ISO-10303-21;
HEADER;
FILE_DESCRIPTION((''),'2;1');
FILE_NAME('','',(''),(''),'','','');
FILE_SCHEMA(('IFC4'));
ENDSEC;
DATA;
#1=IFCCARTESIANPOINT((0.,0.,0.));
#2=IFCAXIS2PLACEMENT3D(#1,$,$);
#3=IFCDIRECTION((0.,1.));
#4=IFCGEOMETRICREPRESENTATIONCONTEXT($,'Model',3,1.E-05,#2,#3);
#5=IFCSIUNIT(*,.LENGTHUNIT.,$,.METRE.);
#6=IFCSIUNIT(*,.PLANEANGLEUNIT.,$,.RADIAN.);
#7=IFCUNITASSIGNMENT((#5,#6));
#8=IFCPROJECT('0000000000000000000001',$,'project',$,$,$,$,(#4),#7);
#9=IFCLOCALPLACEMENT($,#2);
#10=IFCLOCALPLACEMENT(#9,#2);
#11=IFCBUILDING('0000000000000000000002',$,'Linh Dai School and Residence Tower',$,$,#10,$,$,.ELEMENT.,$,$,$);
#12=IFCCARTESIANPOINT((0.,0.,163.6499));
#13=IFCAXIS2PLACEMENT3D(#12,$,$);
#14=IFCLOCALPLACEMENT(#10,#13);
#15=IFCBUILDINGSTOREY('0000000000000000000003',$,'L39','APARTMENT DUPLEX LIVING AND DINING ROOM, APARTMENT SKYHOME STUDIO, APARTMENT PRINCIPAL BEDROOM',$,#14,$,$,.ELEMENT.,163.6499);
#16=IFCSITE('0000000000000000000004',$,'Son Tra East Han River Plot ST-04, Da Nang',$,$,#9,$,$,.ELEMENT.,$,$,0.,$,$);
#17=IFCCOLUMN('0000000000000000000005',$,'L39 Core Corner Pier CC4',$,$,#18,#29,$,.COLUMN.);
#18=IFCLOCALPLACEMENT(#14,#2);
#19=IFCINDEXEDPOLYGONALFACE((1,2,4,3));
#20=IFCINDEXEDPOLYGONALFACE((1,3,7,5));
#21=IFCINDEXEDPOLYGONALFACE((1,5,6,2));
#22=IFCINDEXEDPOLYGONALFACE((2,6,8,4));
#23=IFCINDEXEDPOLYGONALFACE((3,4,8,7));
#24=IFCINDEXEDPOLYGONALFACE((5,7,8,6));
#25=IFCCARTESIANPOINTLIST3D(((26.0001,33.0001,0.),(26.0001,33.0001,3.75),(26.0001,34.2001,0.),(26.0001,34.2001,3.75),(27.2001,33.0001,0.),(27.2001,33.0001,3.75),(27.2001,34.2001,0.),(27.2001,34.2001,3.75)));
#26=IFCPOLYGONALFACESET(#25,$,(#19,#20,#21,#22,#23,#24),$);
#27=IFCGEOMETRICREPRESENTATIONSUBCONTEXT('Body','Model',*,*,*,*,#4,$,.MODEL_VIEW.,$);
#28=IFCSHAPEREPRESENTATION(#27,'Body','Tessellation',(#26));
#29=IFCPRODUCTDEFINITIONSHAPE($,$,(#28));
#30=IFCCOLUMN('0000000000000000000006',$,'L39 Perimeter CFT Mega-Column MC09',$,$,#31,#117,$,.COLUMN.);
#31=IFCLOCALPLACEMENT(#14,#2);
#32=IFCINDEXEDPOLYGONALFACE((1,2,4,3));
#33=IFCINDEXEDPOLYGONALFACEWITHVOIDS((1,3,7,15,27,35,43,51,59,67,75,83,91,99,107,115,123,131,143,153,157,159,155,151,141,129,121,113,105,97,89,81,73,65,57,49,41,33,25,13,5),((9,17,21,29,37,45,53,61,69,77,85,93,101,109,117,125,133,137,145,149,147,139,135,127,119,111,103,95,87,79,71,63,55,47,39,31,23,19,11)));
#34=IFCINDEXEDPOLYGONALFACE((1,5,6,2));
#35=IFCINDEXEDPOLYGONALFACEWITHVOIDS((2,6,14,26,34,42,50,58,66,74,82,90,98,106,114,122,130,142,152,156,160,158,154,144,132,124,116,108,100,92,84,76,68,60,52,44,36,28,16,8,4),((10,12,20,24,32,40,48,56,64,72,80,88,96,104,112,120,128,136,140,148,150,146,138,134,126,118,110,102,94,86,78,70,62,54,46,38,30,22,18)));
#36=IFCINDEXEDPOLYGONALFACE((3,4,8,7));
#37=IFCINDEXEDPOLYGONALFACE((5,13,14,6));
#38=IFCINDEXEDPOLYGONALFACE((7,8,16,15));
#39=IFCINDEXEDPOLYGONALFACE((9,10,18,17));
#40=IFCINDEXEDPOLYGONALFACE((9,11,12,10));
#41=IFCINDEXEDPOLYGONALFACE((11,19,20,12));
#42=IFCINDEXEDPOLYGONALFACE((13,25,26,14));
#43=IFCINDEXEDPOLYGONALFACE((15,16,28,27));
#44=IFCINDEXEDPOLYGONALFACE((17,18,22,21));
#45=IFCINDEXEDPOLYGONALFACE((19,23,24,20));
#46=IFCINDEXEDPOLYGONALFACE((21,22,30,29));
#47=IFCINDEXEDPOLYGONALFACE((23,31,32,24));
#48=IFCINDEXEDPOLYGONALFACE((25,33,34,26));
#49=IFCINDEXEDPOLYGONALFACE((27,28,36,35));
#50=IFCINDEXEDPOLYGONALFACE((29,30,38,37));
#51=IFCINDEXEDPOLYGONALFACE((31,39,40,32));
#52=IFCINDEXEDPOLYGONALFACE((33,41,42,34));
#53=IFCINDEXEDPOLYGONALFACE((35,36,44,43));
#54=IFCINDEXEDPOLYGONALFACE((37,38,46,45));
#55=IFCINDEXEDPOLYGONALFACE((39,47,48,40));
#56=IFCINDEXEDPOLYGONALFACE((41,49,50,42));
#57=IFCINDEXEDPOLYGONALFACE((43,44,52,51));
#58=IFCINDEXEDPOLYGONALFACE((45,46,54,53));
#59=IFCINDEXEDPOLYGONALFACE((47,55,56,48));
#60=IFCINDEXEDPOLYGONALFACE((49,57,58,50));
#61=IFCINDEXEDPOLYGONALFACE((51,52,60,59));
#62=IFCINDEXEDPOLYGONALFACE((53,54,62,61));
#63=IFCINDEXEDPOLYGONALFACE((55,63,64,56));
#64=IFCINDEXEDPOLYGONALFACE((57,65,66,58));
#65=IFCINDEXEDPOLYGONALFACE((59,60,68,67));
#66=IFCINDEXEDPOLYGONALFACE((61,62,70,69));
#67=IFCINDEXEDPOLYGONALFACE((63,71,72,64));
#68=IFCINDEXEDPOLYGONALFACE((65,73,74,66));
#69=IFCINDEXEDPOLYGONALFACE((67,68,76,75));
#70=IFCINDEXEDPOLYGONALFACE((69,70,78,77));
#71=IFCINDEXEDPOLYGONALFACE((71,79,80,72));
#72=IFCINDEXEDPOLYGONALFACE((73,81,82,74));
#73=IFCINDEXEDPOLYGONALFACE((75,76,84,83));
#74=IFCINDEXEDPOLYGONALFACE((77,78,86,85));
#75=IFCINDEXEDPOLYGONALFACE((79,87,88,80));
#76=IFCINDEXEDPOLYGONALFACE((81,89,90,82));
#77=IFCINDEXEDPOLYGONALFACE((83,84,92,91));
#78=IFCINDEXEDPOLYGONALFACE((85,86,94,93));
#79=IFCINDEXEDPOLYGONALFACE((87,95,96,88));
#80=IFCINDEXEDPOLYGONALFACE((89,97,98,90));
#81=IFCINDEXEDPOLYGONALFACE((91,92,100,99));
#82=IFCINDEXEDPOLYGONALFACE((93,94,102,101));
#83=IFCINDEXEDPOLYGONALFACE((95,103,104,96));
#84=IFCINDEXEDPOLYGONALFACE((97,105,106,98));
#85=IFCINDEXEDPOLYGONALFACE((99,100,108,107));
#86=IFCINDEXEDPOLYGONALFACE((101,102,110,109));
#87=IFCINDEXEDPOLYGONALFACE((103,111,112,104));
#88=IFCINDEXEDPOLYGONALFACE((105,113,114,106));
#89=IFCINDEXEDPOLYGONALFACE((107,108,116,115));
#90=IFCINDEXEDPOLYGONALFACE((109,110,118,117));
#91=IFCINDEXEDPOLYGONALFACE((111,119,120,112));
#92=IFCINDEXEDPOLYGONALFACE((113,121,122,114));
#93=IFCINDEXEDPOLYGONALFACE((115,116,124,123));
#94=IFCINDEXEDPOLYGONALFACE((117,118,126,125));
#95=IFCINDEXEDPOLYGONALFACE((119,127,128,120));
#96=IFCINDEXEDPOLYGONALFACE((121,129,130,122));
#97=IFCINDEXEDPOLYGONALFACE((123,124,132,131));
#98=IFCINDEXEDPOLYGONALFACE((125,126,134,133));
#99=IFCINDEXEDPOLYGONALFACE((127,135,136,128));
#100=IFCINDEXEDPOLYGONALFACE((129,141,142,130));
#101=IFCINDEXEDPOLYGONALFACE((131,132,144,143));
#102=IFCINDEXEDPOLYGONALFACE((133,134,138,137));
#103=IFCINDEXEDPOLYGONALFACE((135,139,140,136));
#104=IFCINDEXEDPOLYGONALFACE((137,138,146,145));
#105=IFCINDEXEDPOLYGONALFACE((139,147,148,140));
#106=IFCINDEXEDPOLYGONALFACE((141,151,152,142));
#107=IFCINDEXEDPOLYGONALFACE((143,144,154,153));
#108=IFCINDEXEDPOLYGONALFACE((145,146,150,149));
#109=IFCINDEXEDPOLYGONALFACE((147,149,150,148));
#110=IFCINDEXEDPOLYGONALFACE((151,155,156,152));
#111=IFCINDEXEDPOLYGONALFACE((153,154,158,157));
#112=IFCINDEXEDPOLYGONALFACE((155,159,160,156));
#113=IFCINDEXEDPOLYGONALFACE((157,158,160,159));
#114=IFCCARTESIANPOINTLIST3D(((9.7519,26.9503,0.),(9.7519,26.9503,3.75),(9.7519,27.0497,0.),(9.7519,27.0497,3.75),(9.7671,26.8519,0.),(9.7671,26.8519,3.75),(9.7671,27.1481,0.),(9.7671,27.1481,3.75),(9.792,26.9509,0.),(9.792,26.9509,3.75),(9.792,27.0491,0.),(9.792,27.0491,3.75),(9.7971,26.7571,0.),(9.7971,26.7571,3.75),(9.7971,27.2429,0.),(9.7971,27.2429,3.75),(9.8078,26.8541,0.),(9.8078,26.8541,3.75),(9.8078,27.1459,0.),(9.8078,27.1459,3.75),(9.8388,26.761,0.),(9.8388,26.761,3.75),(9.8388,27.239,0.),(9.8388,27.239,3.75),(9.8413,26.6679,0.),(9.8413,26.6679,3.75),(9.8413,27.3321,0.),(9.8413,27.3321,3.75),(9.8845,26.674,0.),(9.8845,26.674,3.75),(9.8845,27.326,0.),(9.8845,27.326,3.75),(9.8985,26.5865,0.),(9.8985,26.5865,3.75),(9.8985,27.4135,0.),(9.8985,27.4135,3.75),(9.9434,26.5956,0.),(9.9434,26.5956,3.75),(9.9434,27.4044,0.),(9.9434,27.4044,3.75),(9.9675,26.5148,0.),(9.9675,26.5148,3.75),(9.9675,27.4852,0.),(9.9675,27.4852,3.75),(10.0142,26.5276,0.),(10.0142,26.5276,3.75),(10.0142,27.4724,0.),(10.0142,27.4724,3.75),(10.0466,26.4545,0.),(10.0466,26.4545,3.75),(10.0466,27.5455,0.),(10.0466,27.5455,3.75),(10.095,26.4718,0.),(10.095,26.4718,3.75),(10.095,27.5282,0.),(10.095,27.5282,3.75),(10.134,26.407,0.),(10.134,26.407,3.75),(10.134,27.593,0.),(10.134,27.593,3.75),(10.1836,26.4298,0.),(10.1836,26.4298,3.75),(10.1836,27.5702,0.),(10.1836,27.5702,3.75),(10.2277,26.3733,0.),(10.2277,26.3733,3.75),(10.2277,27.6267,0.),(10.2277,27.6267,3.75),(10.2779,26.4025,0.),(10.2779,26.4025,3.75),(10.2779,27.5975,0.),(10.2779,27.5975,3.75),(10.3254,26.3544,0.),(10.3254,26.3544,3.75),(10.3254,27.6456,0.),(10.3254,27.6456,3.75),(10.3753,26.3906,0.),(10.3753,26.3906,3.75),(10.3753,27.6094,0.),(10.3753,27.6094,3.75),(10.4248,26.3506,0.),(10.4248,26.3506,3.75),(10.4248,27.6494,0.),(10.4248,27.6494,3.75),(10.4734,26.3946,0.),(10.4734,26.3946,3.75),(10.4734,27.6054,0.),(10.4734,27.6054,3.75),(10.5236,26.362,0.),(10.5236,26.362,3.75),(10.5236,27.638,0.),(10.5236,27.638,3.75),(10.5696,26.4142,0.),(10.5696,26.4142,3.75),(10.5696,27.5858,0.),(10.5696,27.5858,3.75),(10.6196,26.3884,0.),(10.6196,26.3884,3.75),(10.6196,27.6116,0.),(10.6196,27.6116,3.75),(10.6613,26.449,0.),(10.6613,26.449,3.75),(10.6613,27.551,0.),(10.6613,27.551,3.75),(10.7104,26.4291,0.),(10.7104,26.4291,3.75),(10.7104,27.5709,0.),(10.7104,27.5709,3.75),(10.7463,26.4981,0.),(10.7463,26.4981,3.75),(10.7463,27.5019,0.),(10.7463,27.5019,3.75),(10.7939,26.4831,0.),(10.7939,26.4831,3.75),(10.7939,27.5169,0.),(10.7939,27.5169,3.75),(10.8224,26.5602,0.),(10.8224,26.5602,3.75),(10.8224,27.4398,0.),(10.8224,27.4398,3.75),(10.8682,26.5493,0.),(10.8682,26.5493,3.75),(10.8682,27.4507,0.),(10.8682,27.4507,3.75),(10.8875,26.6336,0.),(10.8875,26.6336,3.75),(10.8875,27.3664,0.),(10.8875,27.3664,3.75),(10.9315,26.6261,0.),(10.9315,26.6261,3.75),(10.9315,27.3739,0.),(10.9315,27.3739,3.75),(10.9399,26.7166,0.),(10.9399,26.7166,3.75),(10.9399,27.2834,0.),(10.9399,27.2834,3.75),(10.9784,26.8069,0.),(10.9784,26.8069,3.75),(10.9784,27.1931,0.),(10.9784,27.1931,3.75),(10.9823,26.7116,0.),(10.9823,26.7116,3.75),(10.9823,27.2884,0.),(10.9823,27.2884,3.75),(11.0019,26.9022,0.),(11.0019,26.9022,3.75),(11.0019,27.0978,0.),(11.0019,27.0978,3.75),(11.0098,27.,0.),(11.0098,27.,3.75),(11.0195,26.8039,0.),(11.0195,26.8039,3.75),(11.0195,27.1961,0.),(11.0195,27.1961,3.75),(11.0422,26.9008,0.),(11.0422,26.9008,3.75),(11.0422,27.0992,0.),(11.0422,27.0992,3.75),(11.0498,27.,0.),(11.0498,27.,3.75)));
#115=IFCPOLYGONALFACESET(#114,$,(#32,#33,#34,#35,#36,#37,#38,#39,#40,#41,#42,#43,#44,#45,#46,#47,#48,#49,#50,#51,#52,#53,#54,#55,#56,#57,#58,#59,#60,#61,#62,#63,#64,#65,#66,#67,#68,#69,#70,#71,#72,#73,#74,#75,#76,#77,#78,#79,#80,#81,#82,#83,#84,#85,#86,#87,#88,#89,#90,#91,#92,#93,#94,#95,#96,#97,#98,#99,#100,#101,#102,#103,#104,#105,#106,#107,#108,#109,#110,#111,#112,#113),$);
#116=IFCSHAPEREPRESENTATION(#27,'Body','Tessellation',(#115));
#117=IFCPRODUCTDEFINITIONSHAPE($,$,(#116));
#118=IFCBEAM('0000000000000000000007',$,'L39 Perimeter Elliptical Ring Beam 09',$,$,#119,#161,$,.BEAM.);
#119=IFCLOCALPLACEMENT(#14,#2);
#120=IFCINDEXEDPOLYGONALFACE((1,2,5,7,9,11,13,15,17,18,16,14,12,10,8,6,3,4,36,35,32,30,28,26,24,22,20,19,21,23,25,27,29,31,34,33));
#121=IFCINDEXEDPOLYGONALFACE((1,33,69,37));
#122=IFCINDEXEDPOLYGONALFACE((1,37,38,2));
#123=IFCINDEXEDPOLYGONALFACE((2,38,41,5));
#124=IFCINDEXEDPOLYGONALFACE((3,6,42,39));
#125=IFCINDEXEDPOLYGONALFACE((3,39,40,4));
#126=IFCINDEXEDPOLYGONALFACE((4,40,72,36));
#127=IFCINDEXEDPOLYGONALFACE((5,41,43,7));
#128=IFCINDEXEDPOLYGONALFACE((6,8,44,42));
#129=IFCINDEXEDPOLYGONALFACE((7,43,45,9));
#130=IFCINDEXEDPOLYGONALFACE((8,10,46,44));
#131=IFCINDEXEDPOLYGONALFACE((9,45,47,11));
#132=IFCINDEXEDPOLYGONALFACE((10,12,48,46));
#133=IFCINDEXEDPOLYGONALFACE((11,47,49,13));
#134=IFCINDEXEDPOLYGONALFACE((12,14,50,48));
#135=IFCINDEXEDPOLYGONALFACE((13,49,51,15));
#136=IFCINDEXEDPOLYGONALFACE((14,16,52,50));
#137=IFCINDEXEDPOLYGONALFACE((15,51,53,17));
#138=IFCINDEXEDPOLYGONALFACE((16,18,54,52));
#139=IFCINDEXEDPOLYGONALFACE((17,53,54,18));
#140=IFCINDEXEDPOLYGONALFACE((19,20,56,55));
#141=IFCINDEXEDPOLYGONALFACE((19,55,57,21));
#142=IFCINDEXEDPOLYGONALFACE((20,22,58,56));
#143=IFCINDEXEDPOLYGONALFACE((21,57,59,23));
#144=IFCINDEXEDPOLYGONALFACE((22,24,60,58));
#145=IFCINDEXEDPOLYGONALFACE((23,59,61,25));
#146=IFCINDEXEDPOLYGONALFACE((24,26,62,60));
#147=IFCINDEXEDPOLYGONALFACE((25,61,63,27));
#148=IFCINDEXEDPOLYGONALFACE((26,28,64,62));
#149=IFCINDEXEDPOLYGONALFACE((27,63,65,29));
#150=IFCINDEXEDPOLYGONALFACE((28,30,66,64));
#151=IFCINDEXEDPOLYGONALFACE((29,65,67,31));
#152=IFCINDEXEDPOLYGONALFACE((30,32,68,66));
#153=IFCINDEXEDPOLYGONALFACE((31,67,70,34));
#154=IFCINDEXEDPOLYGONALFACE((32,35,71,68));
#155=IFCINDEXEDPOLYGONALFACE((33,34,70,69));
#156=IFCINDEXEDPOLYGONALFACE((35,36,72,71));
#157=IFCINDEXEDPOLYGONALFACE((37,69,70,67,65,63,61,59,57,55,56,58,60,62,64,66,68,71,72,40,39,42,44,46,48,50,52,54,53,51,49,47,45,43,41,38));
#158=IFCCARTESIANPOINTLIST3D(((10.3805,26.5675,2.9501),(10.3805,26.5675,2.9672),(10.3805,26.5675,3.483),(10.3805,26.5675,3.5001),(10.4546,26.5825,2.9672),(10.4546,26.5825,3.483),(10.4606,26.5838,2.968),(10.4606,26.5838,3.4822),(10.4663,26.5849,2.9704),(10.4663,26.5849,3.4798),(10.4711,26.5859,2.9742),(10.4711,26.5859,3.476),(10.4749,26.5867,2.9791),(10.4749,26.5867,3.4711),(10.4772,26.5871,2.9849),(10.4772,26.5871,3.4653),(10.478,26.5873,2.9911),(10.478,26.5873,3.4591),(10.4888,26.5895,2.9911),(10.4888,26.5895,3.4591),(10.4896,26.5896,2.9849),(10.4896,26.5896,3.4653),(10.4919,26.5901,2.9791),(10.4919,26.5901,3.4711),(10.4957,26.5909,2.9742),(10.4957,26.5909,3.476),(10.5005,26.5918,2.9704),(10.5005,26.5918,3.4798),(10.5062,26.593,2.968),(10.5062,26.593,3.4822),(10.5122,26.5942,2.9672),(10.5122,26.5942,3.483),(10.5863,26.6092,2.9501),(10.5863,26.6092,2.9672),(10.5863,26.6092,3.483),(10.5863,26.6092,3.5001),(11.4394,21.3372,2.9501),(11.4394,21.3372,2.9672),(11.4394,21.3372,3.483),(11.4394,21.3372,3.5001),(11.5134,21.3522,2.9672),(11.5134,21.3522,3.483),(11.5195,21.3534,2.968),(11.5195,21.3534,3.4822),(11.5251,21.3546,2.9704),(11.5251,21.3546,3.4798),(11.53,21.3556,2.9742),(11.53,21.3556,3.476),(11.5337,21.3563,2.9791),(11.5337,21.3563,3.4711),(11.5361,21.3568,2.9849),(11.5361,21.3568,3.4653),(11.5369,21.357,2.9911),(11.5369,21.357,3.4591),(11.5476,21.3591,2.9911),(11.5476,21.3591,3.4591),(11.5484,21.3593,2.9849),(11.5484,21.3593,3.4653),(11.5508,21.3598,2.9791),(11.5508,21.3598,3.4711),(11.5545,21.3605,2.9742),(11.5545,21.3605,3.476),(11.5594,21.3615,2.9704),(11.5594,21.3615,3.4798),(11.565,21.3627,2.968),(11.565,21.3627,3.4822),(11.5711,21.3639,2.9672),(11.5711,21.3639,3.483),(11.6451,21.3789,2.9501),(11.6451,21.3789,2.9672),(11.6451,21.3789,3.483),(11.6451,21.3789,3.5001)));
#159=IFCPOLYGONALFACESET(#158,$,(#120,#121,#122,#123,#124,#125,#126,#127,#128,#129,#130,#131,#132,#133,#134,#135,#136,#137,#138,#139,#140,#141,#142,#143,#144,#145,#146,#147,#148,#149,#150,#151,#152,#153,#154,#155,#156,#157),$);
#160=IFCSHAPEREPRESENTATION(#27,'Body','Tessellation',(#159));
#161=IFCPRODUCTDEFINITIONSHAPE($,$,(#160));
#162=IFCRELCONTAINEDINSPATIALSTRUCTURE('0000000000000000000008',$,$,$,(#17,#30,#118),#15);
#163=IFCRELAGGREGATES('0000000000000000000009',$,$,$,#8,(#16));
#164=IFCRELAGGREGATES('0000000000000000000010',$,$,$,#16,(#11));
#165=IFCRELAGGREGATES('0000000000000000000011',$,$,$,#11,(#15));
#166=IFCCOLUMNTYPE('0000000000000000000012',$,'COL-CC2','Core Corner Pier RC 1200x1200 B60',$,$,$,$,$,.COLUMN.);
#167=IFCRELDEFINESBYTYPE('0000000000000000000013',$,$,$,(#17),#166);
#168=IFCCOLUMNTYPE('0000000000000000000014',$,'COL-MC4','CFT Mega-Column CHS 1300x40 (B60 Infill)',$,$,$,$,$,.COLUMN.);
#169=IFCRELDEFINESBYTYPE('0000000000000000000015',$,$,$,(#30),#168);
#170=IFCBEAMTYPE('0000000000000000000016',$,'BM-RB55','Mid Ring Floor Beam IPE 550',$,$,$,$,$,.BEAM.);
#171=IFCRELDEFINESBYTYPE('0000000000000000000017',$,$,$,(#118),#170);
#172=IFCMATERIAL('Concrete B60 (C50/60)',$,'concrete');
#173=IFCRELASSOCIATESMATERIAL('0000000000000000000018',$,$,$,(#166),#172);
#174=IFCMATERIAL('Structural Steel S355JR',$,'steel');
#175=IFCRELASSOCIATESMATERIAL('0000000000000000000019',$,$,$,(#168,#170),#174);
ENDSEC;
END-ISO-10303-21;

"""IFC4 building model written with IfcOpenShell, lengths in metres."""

from ifc_helpers import new_model, si_unit, direction, frame, origin, origin_2d, place, context, subcontext, project, spatial, rectangle, hollow_circle, i_section, extrude, material, material_profile, profile_set, type_object, element, save


model = new_model("IFC4")

# Units and contexts
model_context = context("Model", 3, precision=1e-05, world=origin(), true_north=direction((0.0, 1.0)))
body_context = subcontext(model_context, "Body", "Model", "MODEL_VIEW")
ifc_project = project(units=[si_unit("LENGTHUNIT", "METRE"), si_unit("PLANEANGLEUNIT", "RADIAN")], contexts=[model_context])

# Site, building, storey
site_placement = place(None, origin())
site = spatial("IfcSite", under=ifc_project, at=site_placement, Name="Son Tra East Han River Plot ST-04, Da Nang", CompositionType="ELEMENT", RefElevation=0.0)
building_placement = place(site_placement, origin())
building = spatial("IfcBuilding", under=site, at=building_placement, Name="Linh Dai School and Residence Tower", CompositionType="ELEMENT")
storey_placement = place(building_placement, frame((0.0, 0.0, 163.6499)))
storey = spatial("IfcBuildingStorey", under=building, at=storey_placement, Name="L39", Description="APARTMENT DUPLEX LIVING AND DINING ROOM, APARTMENT SKYHOME STUDIO, APARTMENT PRINCIPAL BEDROOM", CompositionType="ELEMENT", Elevation=163.6499)

# Columns
ifc_material_1 = material(Name="Concrete B60 (C50/60)", Category="concrete")
ifc_material_profile_1 = material_profile(ifc_material_1, rectangle(XDim=1.2, YDim=1.2, at=origin_2d()), Name="RC 1200x1200")
ifc_profile_set_1 = profile_set([ifc_material_profile_1], Name="Concrete B60 (C50/60)")
column_type_1 = type_object("IfcColumnType", Name="COL-CC2", Description="Core Corner Pier RC 1200x1200 B60", PredefinedType="COLUMN", material=ifc_profile_set_1)
column_1_placement = place(storey_placement, frame((26.6001, 33.6001, 0.0), z_axis=(0.0, 0.0, 1.0), x_axis=(1.0, 0.0, 0.0)))
element("IfcColumn", 1, at=column_1_placement, inside=storey, type_object=column_type_1, Name="L39 Core Corner Pier CC4", PredefinedType="COLUMN", context=body_context, shape_type="SweptSolid", body=[
    extrude(rectangle(XDim=1.2, YDim=1.2, at=origin_2d()), origin(), (0.0, 0.0, 1.0), 3.75),
])
ifc_material_2 = material(Name="Structural Steel S355JR", Category="steel")
ifc_material_profile_2 = material_profile(ifc_material_2, hollow_circle(Radius=0.6499, WallThickness=0.04, at=origin_2d()), Name="CHS 1300x40")
ifc_profile_set_2 = profile_set([ifc_material_profile_2], Name="Structural Steel S355JR")
column_type_2 = type_object("IfcColumnType", Name="COL-MC4", Description="CFT Mega-Column CHS 1300x40 (B60 Infill)", PredefinedType="COLUMN", material=ifc_profile_set_2)
column_2_placement = place(storey_placement, frame((10.3999, 27.0, 0.0), z_axis=(0.0, 0.0, 1.0), x_axis=(1.0, 0.0, 0.0)))
element("IfcColumn", 2, at=column_2_placement, inside=storey, type_object=column_type_2, Name="L39 Perimeter CFT Mega-Column MC09", PredefinedType="COLUMN", context=body_context, shape_type="SweptSolid", body=[
    extrude(hollow_circle(Radius=0.6499, WallThickness=0.04, at=origin_2d()), origin(), (0.0, 0.0, 1.0), 3.75),
])

# Beam
ifc_material_profile_3 = material_profile(ifc_material_2, i_section(OverallWidth=0.21, OverallDepth=0.55, WebThickness=0.011, FlangeThickness=0.0171, FilletRadius=0.0239, at=origin_2d()), Name="IPE 550")
ifc_profile_set_3 = profile_set([ifc_material_profile_3], Name="Structural Steel S355JR")
beam_type_1 = type_object("IfcBeamType", Name="BM-RB55", Description="Mid Ring Floor Beam IPE 550", PredefinedType="BEAM", material=ifc_profile_set_3)
beam_1_placement = place(storey_placement, frame((10.4834, 26.5884, 3.2251), z_axis=(0.198421, -0.980117, 0.0), x_axis=(0.980117, 0.198421, 0.0)))
element("IfcBeam", 3, at=beam_1_placement, inside=storey, type_object=beam_type_1, Name="L39 Perimeter Elliptical Ring Beam 09", PredefinedType="BEAM", context=body_context, shape_type="SweptSolid", body=[
    extrude(i_section(OverallWidth=0.21, OverallDepth=0.55, WebThickness=0.011, FlangeThickness=0.0171, FilletRadius=0.0239, at=origin_2d()), origin(), (0.0, 0.0, 1.0), 5.3364),
])

save(model, "model.ifc")
